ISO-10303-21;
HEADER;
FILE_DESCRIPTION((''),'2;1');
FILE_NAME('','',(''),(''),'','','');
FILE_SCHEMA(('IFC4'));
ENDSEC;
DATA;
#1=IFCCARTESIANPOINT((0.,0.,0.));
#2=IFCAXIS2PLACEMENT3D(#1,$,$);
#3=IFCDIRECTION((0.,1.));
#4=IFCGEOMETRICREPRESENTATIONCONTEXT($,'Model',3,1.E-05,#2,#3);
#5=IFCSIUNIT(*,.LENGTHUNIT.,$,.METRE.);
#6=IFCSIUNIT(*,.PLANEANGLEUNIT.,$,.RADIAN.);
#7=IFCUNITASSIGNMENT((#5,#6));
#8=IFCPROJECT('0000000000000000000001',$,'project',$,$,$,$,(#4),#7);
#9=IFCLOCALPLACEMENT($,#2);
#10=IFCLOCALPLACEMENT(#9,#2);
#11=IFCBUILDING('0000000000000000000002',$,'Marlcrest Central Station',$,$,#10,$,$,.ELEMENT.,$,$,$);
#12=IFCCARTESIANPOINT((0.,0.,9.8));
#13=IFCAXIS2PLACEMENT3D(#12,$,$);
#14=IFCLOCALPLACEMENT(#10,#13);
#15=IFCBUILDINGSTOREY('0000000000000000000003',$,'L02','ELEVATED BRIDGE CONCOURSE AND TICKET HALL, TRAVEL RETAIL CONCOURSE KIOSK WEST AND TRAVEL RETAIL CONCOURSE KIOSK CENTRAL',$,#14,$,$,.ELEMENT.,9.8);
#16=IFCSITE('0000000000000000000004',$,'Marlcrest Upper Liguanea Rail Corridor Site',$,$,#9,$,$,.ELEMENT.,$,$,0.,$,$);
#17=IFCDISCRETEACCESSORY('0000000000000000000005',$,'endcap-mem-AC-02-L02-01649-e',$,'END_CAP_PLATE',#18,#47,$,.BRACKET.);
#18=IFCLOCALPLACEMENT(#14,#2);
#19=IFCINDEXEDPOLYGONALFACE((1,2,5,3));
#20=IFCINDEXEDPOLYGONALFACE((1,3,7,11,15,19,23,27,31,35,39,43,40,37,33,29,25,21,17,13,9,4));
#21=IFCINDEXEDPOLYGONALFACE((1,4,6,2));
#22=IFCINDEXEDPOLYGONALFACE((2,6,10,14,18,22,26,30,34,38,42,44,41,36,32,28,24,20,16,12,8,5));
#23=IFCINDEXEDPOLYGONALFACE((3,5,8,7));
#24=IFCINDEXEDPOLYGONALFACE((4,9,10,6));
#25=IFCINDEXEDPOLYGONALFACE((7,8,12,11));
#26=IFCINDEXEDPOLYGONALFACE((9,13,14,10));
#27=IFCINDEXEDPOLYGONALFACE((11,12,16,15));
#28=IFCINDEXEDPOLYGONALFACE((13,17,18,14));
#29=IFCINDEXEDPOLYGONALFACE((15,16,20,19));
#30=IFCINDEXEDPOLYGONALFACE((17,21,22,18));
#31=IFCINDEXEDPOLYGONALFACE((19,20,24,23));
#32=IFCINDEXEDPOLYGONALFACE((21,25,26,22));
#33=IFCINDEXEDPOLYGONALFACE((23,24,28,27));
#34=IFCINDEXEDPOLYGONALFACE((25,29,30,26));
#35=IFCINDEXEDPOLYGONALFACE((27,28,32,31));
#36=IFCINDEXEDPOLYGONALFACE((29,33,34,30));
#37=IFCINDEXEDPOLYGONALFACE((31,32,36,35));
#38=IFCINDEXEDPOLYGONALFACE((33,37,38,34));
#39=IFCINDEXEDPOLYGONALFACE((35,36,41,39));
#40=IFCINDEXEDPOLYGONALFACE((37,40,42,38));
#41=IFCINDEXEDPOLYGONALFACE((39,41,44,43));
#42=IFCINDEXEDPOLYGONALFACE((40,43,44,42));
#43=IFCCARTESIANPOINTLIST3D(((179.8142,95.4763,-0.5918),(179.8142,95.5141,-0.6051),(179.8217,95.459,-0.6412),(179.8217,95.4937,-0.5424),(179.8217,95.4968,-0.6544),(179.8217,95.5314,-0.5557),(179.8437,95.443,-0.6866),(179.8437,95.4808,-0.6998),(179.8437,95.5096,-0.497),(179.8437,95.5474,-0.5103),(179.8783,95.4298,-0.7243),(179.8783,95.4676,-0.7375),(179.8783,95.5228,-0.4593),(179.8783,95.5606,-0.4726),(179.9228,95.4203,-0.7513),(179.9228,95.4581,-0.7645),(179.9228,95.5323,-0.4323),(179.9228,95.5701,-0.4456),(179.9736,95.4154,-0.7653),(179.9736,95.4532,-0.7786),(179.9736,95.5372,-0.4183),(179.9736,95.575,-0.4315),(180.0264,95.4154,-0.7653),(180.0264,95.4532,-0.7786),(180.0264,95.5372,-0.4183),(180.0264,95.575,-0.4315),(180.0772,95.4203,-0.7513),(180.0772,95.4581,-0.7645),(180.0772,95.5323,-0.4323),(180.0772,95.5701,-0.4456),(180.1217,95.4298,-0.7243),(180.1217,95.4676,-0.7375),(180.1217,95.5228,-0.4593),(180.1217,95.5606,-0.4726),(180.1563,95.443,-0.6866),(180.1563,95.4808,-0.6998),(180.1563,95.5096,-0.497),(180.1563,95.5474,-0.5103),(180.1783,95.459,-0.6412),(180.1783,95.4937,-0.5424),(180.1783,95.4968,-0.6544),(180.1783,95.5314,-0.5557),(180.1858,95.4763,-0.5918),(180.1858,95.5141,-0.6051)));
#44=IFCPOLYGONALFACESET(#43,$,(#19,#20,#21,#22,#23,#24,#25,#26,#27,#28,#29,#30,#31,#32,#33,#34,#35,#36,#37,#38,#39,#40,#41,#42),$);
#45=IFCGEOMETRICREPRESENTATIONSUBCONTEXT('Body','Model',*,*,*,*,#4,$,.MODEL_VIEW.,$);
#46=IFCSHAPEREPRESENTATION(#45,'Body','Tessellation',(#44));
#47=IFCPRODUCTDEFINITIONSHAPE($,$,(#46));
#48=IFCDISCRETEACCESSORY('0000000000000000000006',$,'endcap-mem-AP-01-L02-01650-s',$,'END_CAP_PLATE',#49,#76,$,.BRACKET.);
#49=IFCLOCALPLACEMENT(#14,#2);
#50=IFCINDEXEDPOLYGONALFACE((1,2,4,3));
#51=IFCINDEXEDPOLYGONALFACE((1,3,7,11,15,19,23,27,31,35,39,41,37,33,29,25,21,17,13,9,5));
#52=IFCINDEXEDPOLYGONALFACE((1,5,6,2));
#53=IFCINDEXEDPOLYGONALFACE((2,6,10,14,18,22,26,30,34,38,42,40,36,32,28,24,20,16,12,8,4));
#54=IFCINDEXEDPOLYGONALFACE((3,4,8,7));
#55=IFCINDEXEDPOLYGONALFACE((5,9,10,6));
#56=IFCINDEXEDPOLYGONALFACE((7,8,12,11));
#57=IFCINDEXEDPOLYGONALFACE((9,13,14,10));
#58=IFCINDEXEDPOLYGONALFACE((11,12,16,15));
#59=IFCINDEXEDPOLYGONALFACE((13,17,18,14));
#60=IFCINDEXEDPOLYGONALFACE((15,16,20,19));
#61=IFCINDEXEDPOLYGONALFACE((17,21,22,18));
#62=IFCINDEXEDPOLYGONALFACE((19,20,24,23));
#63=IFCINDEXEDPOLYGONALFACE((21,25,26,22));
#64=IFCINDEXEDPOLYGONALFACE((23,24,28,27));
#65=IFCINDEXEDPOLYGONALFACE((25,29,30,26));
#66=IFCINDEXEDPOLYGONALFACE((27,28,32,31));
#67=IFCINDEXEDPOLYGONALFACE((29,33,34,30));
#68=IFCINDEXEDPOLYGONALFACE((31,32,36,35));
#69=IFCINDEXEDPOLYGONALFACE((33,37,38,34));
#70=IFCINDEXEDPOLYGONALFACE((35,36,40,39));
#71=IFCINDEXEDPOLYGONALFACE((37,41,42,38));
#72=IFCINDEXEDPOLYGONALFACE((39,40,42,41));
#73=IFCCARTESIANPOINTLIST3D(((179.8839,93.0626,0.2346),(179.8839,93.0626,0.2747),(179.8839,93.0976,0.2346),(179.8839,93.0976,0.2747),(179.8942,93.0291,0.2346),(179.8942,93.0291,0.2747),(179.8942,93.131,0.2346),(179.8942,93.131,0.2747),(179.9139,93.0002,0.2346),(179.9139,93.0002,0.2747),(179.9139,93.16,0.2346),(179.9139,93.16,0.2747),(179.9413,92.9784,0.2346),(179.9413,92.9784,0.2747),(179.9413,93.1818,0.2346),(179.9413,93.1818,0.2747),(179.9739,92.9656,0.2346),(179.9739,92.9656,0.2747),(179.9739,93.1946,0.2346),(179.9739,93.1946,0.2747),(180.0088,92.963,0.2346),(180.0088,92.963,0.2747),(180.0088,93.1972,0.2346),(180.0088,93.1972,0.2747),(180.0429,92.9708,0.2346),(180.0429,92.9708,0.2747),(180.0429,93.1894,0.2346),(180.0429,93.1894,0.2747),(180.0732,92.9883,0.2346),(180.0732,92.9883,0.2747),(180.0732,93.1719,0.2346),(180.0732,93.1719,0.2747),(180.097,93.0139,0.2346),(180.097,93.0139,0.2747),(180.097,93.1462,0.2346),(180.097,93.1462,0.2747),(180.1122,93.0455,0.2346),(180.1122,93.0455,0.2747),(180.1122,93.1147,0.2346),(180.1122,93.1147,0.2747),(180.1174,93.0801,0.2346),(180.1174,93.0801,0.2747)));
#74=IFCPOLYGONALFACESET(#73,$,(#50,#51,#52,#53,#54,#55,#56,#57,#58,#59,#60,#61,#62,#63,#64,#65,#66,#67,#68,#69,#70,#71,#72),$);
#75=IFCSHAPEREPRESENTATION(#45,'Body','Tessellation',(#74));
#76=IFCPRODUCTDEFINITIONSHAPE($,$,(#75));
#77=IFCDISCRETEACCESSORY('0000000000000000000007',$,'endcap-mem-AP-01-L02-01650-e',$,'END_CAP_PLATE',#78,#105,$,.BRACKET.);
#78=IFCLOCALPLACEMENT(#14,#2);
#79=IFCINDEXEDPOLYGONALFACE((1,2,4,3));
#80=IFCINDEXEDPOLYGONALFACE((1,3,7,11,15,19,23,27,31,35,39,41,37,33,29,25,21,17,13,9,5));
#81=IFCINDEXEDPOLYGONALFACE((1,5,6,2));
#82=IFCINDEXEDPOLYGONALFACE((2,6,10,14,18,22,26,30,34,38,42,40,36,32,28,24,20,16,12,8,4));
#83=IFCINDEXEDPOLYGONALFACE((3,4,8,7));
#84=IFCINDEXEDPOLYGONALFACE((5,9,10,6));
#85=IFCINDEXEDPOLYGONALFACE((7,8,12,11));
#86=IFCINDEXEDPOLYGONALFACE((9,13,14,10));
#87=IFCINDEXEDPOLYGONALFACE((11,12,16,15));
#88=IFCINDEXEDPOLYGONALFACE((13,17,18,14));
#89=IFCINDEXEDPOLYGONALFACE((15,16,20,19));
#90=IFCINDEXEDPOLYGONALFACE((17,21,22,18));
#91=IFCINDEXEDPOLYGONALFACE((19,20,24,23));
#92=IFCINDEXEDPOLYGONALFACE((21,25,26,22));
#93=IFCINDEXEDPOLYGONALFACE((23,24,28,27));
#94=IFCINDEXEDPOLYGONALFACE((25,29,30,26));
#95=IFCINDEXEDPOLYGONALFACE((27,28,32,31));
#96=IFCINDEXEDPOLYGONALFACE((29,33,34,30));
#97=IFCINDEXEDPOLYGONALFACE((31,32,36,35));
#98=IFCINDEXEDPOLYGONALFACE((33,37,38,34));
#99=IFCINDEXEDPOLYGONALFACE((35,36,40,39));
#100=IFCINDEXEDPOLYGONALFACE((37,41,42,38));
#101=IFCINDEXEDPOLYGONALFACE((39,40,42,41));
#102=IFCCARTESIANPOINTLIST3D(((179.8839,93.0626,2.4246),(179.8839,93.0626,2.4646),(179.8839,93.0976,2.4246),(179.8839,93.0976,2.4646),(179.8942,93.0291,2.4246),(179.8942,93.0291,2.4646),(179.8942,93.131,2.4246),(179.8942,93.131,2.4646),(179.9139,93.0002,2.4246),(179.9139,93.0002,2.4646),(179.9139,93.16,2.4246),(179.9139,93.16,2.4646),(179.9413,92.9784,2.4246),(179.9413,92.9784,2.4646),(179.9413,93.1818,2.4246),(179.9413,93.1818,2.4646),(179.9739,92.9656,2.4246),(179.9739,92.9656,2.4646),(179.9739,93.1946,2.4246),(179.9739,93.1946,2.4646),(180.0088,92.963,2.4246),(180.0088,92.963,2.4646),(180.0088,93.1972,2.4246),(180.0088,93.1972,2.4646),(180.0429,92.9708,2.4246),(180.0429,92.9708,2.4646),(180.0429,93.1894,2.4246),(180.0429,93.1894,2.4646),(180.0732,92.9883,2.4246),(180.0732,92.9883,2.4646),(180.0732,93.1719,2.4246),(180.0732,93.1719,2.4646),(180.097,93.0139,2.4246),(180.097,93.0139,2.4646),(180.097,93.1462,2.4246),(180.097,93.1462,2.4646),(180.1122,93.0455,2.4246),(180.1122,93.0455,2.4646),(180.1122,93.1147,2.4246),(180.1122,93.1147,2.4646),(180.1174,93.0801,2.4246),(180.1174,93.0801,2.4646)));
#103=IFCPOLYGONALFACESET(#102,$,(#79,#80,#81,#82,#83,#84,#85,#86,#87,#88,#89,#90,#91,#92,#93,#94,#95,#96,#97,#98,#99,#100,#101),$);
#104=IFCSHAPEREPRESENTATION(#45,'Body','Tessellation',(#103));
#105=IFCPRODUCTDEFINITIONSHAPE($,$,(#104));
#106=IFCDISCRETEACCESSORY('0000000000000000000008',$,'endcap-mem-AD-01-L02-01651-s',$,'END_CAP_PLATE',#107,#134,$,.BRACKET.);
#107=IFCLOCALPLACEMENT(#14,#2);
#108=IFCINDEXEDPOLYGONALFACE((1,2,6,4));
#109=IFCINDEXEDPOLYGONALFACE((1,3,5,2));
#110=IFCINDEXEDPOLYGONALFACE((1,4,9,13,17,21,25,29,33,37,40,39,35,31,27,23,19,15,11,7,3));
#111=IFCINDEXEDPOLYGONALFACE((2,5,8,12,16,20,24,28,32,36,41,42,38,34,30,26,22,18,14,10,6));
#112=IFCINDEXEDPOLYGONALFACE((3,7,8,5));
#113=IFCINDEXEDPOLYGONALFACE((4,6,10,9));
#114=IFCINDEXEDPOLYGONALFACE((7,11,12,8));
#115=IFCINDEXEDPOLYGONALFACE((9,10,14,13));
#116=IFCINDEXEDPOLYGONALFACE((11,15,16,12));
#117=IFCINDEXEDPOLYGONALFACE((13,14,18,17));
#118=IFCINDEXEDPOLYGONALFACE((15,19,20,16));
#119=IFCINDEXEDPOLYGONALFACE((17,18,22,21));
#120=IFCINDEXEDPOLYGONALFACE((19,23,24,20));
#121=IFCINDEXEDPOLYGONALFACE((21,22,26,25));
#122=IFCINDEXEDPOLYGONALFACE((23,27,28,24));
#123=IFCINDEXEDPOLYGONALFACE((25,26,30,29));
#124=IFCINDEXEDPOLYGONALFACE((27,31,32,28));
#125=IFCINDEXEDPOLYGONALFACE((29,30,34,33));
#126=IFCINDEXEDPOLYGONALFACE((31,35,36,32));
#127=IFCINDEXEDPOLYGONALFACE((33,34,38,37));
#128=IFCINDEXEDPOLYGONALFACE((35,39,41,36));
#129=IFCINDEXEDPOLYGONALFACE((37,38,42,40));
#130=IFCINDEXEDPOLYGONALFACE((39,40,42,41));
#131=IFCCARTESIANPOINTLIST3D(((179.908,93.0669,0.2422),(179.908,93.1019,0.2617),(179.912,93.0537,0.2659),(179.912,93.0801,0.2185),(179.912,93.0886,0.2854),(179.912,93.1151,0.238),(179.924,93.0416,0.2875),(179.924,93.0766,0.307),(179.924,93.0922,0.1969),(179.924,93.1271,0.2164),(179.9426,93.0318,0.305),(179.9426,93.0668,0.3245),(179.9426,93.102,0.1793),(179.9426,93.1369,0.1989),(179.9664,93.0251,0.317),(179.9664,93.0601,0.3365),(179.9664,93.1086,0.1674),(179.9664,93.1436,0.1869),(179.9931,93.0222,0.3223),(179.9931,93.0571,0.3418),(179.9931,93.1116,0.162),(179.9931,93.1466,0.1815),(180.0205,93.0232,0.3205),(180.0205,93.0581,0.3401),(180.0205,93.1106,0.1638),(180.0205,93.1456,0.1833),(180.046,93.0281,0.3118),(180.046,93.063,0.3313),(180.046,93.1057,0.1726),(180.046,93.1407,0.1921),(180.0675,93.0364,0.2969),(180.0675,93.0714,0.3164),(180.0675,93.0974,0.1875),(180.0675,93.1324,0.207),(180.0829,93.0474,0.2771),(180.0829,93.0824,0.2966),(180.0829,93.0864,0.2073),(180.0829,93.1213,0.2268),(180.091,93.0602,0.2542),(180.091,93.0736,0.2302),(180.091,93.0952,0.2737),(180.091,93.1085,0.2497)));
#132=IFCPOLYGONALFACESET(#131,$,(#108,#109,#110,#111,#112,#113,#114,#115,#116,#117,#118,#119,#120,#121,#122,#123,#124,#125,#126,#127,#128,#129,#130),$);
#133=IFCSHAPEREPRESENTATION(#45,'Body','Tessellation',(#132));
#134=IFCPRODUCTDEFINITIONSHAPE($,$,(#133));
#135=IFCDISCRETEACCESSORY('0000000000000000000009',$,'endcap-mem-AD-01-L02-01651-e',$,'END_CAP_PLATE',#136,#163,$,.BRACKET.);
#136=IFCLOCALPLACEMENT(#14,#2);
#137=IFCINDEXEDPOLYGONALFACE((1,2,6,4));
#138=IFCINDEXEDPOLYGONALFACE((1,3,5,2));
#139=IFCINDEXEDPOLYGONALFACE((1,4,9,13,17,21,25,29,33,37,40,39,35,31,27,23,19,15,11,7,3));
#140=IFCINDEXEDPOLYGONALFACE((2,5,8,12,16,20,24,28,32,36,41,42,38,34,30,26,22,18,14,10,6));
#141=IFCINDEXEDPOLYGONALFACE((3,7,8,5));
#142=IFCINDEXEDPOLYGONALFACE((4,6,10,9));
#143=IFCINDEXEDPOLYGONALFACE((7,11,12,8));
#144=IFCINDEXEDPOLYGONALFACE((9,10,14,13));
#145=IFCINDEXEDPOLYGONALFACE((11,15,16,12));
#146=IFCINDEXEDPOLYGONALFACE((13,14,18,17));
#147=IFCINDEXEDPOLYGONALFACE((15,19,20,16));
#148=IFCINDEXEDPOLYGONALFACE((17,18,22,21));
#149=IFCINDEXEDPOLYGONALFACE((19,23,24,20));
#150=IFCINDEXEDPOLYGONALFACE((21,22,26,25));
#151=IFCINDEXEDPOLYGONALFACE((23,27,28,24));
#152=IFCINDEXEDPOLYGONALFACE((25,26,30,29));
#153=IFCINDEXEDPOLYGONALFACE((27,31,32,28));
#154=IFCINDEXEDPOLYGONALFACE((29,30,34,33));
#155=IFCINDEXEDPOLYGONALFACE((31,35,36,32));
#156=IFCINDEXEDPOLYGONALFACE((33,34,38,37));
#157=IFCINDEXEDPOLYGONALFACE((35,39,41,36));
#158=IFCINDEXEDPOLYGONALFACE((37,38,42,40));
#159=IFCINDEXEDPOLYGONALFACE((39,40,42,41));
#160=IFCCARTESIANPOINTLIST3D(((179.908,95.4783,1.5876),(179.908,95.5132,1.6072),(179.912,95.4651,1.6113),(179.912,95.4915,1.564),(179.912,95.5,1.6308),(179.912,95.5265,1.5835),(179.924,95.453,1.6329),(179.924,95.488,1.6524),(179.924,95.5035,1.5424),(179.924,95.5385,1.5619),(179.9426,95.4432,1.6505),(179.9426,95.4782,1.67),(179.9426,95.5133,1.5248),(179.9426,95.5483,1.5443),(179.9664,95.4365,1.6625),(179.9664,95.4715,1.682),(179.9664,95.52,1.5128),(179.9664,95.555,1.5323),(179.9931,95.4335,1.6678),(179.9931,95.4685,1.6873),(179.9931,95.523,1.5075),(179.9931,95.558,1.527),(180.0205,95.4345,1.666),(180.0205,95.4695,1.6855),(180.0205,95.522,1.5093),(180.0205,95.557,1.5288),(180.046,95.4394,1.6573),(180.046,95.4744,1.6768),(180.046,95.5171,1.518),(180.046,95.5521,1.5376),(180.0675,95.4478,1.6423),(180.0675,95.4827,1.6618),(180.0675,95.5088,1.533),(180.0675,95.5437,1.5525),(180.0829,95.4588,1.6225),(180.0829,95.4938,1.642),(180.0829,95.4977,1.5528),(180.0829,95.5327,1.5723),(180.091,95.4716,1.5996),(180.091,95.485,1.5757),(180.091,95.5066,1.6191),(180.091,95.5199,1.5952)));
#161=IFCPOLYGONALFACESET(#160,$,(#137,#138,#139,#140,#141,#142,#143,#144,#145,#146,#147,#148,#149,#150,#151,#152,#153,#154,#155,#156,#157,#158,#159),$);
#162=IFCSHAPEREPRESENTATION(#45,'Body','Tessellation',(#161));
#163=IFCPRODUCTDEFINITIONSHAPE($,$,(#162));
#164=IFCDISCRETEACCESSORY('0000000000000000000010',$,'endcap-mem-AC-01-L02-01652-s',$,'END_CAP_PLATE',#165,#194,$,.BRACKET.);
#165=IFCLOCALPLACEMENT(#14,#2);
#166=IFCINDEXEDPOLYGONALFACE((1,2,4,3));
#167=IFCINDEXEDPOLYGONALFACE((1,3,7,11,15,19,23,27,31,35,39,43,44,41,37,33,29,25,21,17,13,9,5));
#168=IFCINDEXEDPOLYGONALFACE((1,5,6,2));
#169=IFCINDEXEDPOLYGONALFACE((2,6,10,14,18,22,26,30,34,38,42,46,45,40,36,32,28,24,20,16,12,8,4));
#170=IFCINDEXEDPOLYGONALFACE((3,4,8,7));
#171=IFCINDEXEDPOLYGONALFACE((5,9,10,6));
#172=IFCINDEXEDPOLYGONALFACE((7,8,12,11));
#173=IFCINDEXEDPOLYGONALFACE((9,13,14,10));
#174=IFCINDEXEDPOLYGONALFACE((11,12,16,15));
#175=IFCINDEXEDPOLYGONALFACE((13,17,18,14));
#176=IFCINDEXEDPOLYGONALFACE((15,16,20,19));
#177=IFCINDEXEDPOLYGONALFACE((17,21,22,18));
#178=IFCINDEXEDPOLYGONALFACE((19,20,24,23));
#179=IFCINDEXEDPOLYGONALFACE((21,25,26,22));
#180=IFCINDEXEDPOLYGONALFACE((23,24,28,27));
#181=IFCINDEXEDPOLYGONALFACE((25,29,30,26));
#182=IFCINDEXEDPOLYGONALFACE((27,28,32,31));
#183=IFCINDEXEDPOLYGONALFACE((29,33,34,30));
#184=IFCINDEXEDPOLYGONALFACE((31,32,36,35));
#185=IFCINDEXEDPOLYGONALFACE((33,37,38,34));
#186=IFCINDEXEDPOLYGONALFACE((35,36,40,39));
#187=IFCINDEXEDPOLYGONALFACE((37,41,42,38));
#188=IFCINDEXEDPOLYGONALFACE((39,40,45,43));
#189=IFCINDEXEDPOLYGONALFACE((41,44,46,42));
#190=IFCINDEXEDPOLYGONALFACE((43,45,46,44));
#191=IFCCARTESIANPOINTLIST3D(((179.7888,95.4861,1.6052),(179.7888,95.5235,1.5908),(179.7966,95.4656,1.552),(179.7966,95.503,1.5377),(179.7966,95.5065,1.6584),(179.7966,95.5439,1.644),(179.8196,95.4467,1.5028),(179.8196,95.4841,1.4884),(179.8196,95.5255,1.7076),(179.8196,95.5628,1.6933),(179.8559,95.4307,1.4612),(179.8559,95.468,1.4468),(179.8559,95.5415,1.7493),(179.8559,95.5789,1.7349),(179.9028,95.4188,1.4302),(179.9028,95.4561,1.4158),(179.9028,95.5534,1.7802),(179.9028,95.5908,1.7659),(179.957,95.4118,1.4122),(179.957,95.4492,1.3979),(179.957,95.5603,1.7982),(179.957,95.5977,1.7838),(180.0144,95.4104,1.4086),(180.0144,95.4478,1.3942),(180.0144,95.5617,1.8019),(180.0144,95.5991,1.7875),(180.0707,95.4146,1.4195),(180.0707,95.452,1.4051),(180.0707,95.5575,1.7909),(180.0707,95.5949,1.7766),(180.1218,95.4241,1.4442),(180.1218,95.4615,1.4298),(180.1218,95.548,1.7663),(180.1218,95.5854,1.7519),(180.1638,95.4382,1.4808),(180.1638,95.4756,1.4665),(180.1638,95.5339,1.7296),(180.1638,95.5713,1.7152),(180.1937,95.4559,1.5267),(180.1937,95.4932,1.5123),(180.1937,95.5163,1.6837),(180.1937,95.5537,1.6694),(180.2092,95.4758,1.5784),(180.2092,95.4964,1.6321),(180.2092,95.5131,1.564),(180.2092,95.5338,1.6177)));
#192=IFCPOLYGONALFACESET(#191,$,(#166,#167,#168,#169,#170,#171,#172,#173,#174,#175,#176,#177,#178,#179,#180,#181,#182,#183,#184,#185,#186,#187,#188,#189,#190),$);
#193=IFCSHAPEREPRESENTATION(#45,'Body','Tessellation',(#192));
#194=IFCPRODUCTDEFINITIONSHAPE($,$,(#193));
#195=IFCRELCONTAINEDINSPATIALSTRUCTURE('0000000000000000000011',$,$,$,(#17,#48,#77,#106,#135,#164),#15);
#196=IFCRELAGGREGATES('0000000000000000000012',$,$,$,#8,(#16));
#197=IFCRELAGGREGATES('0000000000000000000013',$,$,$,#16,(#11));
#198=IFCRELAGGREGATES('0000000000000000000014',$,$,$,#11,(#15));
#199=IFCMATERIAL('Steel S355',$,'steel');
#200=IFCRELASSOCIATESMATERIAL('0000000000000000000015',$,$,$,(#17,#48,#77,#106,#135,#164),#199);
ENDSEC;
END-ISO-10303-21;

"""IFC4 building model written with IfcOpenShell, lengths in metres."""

from ifc_helpers import new_model, si_unit, direction, frame, origin, origin_2d, place, context, subcontext, project, spatial, circle, extrude, material, element, save


model = new_model("IFC4")

# Units and contexts
model_context = context("Model", 3, precision=1e-05, world=origin(), true_north=direction((0.0, 1.0)))
body_context = subcontext(model_context, "Body", "Model", "MODEL_VIEW")
ifc_project = project(units=[si_unit("LENGTHUNIT", "METRE"), si_unit("PLANEANGLEUNIT", "RADIAN")], contexts=[model_context])

# Site, building, storey
site_placement = place(None, origin())
site = spatial("IfcSite", under=ifc_project, at=site_placement, Name="Marlcrest Upper Liguanea Rail Corridor Site", CompositionType="ELEMENT", RefElevation=0.0)
building_placement = place(site_placement, origin())
building = spatial("IfcBuilding", under=site, at=building_placement, Name="Marlcrest Central Station", CompositionType="ELEMENT")
storey_placement = place(building_placement, frame((0.0, 0.0, 9.8)))
storey = spatial("IfcBuildingStorey", under=building, at=storey_placement, Name="L02", Description="ELEVATED BRIDGE CONCOURSE AND TICKET HALL, TRAVEL RETAIL CONCOURSE KIOSK WEST AND TRAVEL RETAIL CONCOURSE KIOSK CENTRAL", CompositionType="ELEMENT", Elevation=9.8)

# Shared definitions
ifc_material_1 = material(Name="Steel S355", Category="steel")

# Discrete accessories
for number, where, z_axis, x_axis, name in (
    (1, (180.0, 95.4763, -0.5918), (0.0, 0.943537, -0.331266), (-1.0, 0.0, 0.0), "endcap-mem-AC-02-L02-01649-e"),
):
    element("IfcDiscreteAccessory", number, at=place(storey_placement, frame(where, z_axis=z_axis, x_axis=x_axis)), inside=storey, material=ifc_material_1, Name=name, ObjectType="END_CAP_PLATE", PredefinedType="BRACKET", context=body_context, shape_type="SweptSolid", body=[
        extrude(circle(Radius=0.1858, at=origin_2d()), origin(), (0.0, 0.0, 1.0), 0.04),
    ])
for number, where, z_axis, x_axis, name in (
    (2, (180.0, 93.0801, 0.2346), (0.0, 0.0, 1.0), (1.0, 0.0, 0.0), "endcap-mem-AP-01-L02-01650-s"),
    (3, (180.0, 93.0801, 2.4246), (0.0, 0.0, 1.0), (1.0, 0.0, 0.0), "endcap-mem-AP-01-L02-01650-e"),
):
    element("IfcDiscreteAccessory", number, at=place(storey_placement, frame(where, z_axis=z_axis, x_axis=x_axis)), inside=storey, material=ifc_material_1, Name=name, ObjectType="END_CAP_PLATE", PredefinedType="BRACKET", context=body_context, shape_type="SweptSolid", body=[
        extrude(circle(Radius=0.1174, at=origin_2d()), origin(), (0.0, 0.0, 1.0), 0.04),
    ])
for number, where, z_axis, x_axis, name in (
    (4, (180.0, 93.0669, 0.2422), (0.0, 0.873246, 0.48728), (-1.0, 0.0, 0.0), "endcap-mem-AD-01-L02-01651-s"),
    (5, (180.0, 95.4783, 1.5876), (0.0, 0.873246, 0.48728), (-1.0, 0.0, 0.0), "endcap-mem-AD-01-L02-01651-e"),
):
    element("IfcDiscreteAccessory", number, at=place(storey_placement, frame(where, z_axis=z_axis, x_axis=x_axis)), inside=storey, material=ifc_material_1, Name=name, ObjectType="END_CAP_PLATE", PredefinedType="BRACKET", context=body_context, shape_type="SweptSolid", body=[
        extrude(circle(Radius=0.092, at=origin_2d()), origin(), (0.0, 0.0, 1.0), 0.04),
    ])
for number, where, z_axis, x_axis, name in (
    (6, (180.0, 95.4861, 1.6052), (0.0, 0.933324, -0.359035), (-1.0, 0.0, 0.0), "endcap-mem-AC-01-L02-01652-s"),
):
    element("IfcDiscreteAccessory", number, at=place(storey_placement, frame(where, z_axis=z_axis, x_axis=x_axis)), inside=storey, material=ifc_material_1, Name=name, ObjectType="END_CAP_PLATE", PredefinedType="BRACKET", context=body_context, shape_type="SweptSolid", body=[
        extrude(circle(Radius=0.2112, at=origin_2d()), origin(), (0.0, 0.0, 1.0), 0.04),
    ])

save(model, "model.ifc")
